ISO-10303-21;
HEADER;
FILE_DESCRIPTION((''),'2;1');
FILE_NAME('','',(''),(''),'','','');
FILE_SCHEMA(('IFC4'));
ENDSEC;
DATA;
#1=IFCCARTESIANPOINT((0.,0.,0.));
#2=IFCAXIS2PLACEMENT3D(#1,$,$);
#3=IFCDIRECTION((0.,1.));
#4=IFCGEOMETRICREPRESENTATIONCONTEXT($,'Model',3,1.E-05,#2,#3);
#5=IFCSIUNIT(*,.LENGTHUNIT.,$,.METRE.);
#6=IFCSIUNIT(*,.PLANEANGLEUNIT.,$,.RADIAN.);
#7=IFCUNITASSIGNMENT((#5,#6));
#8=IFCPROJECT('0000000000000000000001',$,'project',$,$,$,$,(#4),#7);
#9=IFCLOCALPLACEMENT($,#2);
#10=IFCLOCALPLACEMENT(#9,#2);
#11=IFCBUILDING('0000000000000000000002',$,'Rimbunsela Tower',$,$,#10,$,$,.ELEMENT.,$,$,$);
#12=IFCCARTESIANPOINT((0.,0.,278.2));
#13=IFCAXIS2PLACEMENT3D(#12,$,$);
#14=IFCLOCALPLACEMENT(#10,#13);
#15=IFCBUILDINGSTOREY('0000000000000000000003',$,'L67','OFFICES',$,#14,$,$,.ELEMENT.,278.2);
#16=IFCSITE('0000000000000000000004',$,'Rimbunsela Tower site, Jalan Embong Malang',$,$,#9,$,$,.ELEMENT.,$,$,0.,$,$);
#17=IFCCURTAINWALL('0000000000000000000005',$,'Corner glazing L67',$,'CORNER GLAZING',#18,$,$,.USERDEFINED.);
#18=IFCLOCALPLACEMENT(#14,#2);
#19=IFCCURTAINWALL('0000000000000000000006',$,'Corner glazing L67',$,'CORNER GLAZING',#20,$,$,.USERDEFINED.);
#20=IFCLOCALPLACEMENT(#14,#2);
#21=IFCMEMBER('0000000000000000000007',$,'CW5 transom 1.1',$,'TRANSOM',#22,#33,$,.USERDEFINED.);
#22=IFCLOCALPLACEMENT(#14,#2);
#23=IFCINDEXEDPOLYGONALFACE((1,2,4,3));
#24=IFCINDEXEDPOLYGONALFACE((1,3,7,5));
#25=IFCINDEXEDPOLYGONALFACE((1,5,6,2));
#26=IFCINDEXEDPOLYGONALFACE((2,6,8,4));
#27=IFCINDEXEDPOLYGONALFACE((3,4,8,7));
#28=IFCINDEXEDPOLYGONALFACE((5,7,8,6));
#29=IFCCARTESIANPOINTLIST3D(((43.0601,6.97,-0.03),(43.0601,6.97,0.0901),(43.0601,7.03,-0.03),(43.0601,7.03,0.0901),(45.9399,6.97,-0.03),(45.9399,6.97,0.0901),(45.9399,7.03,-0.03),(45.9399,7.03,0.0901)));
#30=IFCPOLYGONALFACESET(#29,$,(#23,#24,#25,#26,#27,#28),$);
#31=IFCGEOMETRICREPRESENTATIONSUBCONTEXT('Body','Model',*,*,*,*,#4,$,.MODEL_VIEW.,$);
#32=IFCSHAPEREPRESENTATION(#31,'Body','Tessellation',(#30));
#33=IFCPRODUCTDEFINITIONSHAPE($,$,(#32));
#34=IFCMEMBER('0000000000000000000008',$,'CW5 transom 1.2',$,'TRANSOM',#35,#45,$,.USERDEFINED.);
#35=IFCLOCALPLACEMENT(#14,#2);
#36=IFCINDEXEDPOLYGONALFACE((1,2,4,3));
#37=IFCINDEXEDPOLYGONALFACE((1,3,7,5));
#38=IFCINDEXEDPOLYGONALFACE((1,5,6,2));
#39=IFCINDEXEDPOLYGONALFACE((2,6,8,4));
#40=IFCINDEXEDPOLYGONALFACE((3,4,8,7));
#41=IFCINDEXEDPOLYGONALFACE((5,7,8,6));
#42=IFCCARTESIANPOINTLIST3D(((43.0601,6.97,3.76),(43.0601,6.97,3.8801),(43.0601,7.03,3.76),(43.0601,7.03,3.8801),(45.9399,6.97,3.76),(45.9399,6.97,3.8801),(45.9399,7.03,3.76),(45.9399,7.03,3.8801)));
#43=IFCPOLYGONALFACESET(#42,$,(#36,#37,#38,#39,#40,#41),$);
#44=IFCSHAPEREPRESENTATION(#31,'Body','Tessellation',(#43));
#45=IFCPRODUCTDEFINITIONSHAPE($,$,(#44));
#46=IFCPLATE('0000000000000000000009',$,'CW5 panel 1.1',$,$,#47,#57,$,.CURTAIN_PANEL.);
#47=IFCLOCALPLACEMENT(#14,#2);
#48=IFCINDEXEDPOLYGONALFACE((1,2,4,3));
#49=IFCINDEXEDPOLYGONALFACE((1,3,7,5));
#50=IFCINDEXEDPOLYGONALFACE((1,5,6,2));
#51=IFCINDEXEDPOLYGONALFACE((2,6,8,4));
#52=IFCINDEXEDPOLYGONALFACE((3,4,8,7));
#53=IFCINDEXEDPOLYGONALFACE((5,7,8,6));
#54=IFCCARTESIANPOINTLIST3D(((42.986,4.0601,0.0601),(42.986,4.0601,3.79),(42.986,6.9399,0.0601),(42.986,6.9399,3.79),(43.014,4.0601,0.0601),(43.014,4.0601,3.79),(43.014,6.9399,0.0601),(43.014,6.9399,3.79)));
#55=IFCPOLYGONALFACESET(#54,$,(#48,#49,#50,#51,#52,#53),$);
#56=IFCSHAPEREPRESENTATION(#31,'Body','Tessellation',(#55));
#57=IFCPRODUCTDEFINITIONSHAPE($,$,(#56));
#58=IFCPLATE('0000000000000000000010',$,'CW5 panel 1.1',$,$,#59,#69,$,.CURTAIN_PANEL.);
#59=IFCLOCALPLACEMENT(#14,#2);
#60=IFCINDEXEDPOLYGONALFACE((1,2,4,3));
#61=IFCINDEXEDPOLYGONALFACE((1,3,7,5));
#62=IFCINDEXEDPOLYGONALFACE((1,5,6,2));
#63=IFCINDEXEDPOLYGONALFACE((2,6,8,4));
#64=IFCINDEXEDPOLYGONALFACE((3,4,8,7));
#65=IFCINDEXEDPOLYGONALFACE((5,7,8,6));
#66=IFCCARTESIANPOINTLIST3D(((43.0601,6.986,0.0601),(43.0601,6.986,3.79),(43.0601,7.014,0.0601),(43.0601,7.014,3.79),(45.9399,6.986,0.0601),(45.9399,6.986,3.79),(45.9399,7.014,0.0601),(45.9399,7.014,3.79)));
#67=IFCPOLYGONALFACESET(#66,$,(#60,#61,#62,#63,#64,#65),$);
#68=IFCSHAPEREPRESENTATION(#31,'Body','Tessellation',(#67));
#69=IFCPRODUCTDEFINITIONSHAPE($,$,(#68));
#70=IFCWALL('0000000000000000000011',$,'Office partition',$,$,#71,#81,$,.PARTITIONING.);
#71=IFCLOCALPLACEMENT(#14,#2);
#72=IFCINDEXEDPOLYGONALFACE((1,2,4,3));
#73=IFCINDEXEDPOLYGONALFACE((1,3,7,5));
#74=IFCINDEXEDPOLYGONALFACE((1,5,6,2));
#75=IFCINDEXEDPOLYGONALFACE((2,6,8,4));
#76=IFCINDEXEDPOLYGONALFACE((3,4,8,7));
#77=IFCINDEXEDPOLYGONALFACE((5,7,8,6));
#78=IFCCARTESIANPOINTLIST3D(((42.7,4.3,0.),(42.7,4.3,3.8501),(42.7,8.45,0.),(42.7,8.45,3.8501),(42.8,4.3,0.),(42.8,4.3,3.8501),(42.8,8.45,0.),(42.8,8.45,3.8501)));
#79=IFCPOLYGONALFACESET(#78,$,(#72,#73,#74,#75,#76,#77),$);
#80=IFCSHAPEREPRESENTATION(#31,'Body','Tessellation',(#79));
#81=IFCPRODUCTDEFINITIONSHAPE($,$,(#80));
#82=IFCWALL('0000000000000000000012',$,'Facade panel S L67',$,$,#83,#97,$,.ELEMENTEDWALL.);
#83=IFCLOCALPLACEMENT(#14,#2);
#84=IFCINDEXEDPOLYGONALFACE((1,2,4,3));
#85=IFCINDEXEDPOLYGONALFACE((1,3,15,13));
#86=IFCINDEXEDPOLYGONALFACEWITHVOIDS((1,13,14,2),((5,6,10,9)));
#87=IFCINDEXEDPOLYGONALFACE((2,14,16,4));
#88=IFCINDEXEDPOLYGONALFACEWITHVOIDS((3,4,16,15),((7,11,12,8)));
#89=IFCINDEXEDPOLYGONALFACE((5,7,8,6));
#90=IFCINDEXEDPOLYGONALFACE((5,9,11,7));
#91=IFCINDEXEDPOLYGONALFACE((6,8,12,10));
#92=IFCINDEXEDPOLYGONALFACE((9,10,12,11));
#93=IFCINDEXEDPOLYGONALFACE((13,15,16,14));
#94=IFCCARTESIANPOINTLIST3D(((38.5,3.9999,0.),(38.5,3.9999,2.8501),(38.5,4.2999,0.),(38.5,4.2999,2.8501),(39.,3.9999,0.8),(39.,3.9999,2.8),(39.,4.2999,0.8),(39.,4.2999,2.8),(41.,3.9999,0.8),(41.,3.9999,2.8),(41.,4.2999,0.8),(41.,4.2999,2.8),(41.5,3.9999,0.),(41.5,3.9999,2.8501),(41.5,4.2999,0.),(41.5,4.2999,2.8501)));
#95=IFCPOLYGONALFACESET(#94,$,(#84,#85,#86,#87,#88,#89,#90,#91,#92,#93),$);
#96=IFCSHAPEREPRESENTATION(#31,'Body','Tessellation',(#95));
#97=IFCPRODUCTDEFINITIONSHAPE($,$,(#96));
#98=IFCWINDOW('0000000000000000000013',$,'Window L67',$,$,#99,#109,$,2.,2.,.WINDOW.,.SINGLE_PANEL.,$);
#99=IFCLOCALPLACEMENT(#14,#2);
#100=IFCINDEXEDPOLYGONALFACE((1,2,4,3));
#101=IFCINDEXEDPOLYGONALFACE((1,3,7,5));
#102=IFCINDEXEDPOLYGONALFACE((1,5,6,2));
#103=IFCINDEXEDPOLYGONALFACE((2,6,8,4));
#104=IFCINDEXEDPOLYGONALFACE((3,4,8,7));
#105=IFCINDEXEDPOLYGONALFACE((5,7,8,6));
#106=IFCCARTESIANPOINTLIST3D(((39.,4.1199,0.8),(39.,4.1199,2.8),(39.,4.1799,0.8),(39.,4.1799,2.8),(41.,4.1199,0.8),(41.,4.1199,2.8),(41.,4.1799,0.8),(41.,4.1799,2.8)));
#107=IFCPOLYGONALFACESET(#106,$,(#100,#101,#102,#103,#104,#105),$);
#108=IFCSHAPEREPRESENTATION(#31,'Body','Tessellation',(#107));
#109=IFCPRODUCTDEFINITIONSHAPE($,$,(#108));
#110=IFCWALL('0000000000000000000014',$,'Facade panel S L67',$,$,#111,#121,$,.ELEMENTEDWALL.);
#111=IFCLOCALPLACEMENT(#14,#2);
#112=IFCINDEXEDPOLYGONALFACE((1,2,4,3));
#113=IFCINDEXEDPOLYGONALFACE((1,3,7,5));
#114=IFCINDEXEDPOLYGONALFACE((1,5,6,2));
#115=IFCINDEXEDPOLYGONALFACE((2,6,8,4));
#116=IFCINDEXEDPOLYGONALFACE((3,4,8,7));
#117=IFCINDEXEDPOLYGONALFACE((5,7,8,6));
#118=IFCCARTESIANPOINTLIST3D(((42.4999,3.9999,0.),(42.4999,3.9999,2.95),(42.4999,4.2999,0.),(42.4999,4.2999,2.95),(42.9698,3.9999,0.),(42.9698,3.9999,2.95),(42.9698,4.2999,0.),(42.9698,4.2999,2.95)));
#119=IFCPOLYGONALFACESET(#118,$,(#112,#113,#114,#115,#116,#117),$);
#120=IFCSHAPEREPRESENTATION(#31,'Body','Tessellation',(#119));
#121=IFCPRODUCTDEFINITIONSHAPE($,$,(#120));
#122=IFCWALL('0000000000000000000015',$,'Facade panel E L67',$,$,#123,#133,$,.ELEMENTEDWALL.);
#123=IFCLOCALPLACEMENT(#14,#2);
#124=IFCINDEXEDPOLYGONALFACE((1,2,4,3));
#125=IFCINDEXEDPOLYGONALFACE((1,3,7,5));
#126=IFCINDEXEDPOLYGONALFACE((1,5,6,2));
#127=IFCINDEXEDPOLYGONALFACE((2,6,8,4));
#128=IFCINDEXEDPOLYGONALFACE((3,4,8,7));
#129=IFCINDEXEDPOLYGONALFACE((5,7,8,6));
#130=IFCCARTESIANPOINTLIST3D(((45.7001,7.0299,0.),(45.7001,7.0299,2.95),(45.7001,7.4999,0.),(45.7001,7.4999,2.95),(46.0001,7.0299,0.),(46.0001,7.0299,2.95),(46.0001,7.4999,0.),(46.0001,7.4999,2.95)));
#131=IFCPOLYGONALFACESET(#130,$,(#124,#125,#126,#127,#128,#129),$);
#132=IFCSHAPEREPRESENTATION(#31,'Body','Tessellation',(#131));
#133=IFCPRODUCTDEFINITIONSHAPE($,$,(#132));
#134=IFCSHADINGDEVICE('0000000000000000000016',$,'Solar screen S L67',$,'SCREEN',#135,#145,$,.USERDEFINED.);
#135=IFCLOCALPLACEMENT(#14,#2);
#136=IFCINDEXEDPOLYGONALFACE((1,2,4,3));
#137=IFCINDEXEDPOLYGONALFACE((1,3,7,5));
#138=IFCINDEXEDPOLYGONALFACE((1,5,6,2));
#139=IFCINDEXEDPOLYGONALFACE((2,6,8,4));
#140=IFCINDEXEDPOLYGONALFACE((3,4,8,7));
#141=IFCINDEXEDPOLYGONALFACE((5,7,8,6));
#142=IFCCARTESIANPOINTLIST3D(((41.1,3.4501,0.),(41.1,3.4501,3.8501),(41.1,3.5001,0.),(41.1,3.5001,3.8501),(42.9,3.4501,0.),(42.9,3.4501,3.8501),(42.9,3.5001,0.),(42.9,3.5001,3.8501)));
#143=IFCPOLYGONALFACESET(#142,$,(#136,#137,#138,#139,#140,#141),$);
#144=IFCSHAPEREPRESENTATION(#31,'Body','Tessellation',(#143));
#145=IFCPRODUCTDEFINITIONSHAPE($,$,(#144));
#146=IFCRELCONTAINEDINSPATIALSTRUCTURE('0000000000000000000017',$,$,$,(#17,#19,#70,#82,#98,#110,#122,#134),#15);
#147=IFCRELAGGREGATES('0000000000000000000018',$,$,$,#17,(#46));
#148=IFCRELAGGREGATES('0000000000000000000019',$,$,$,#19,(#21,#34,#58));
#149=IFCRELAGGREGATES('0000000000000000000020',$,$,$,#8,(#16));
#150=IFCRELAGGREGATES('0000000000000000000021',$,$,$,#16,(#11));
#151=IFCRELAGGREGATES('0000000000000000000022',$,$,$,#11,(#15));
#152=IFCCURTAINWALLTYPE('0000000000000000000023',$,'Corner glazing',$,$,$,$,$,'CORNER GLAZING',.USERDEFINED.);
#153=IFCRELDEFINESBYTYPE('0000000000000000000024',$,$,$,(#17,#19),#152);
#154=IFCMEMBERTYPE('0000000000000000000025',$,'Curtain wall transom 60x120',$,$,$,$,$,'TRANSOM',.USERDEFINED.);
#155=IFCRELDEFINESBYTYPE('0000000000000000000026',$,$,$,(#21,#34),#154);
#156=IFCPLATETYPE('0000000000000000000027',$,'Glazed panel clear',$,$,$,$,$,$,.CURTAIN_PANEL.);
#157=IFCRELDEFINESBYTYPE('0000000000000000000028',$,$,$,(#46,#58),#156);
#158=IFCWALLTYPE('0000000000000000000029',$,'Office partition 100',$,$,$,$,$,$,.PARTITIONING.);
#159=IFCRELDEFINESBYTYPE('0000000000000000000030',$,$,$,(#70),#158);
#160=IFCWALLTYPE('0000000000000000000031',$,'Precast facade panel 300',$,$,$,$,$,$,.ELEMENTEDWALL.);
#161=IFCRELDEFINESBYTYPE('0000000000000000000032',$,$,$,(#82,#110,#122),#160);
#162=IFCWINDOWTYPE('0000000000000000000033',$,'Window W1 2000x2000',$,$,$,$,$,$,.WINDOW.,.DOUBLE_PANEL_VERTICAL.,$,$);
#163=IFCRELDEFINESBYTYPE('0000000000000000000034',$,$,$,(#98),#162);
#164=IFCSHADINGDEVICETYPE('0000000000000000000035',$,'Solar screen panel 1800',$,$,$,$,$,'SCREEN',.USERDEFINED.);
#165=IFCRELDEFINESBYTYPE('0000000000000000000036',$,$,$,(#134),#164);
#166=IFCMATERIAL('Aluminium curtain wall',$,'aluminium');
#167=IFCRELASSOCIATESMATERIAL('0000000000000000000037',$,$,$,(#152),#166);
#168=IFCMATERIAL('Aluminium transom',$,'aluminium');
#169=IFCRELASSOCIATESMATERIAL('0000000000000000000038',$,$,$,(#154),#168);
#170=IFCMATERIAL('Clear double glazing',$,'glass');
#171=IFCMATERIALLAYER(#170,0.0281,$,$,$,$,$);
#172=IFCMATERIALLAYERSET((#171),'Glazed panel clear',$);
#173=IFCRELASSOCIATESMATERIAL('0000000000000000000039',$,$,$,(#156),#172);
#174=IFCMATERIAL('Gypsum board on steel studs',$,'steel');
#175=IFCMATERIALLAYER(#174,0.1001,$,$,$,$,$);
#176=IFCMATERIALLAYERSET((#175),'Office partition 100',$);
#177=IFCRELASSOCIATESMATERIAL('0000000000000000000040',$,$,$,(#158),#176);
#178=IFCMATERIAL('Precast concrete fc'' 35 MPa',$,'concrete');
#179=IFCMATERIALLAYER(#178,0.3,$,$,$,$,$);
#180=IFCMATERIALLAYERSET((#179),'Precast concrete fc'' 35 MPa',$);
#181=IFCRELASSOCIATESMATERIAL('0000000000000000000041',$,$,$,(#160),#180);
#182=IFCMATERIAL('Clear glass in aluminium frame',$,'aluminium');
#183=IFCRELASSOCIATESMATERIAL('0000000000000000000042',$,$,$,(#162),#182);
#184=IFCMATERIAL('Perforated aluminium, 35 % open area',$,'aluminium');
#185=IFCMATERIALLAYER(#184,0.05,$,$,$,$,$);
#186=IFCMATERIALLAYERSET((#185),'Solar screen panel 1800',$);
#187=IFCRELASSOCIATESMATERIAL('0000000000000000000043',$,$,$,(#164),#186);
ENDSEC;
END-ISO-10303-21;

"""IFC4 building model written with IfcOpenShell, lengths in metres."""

from ifc_helpers import new_model, si_unit, direction, frame, frame_2d, origin, origin_2d, place, context, subcontext, project, spatial, rectangle, extrude, material, layer, layer_set, material_profile, profile_set, type_object, element, fill, aggregate, save


model = new_model("IFC4")

# Units and contexts
model_context = context("Model", 3, precision=1e-05, world=origin(), true_north=direction((0.0, 1.0)))
body_context = subcontext(model_context, "Body", "Model", "MODEL_VIEW")
ifc_project = project(units=[si_unit("LENGTHUNIT", "METRE"), si_unit("PLANEANGLEUNIT", "RADIAN")], contexts=[model_context])

# Site, building, storey
site_placement = place(None, origin())
site = spatial("IfcSite", under=ifc_project, at=site_placement, Name="Rimbunsela Tower site, Jalan Embong Malang", CompositionType="ELEMENT", RefElevation=0.0)
building_placement = place(site_placement, origin())
building = spatial("IfcBuilding", under=site, at=building_placement, Name="Rimbunsela Tower", CompositionType="ELEMENT")
storey_placement = place(building_placement, frame((0.0, 0.0, 278.2)))
storey = spatial("IfcBuildingStorey", under=building, at=storey_placement, Name="L67", Description="OFFICES", CompositionType="ELEMENT", Elevation=278.2)

# Curtain walls
ifc_material_1 = material(Name="Aluminium curtain wall", Category="aluminium")
curtain_wall_type = type_object("IfcCurtainWallType", Name="Corner glazing", ElementType="CORNER GLAZING", PredefinedType="USERDEFINED", material=ifc_material_1)
curtain_wall_1_placement = place(storey_placement, origin())
curtain_wall_1 = element("IfcCurtainWall", 1, at=curtain_wall_1_placement, inside=storey, type_object=curtain_wall_type, Name="Corner glazing L67", ObjectType="CORNER GLAZING", PredefinedType="USERDEFINED")
curtain_wall_2_placement = place(storey_placement, origin())
curtain_wall_2 = element("IfcCurtainWall", 2, at=curtain_wall_2_placement, inside=storey, type_object=curtain_wall_type, Name="Corner glazing L67", ObjectType="CORNER GLAZING", PredefinedType="USERDEFINED")

# Members
ifc_material_2 = material(Name="Aluminium transom", Category="aluminium")
ifc_material_profile_1 = material_profile(ifc_material_2, rectangle(XDim=0.0601, YDim=0.1201, at=origin_2d()), Name="Transom 60x120")
ifc_profile_set_1 = profile_set([ifc_material_profile_1], Name="Aluminium transom")
member_type_1 = type_object("IfcMemberType", Name="Curtain wall transom 60x120", ElementType="TRANSOM", PredefinedType="USERDEFINED", material=ifc_profile_set_1)
member_1_placement = place(storey_placement, frame((43.0601, 7.0, 0.03), z_axis=(1.0, 0.0, 0.0), x_axis=(0.0, 1.0, 0.0)))
member_1 = element("IfcMember", 3, at=member_1_placement, type_object=member_type_1, Name="CW5 transom 1.1", ObjectType="TRANSOM", PredefinedType="USERDEFINED", context=body_context, shape_type="SweptSolid", body=[
    extrude(rectangle(XDim=0.0601, YDim=0.1201, at=origin_2d()), origin(), (0.0, 0.0, 1.0), 2.8799),
])
member_2_placement = place(storey_placement, frame((43.0601, 7.0, 3.8201), z_axis=(1.0, 0.0, 0.0), x_axis=(0.0, 1.0, 0.0)))
member_2 = element("IfcMember", 4, at=member_2_placement, type_object=member_type_1, Name="CW5 transom 1.2", ObjectType="TRANSOM", PredefinedType="USERDEFINED", context=body_context, shape_type="SweptSolid", body=[
    extrude(rectangle(XDim=0.0601, YDim=0.1201, at=origin_2d()), origin(), (0.0, 0.0, 1.0), 2.8799),
])

# Plates
ifc_material_3 = material(Name="Clear double glazing", Category="glass")
ifc_layer_1 = layer(ifc_material_3, 0.0281)
ifc_layer_set_1 = layer_set([ifc_layer_1], Name="Glazed panel clear")
plate_type = type_object("IfcPlateType", Name="Glazed panel clear", PredefinedType="CURTAIN_PANEL", material=ifc_layer_set_1)
plate_1_placement = place(storey_placement, frame((43.0, 5.5, 0.0601), z_axis=(0.0, 0.0, 1.0), x_axis=(0.0, 1.0, 0.0)))
plate_1 = element("IfcPlate", 5, at=plate_1_placement, type_object=plate_type, Name="CW5 panel 1.1", PredefinedType="CURTAIN_PANEL", context=body_context, shape_type="SweptSolid", body=[
    extrude(rectangle(XDim=2.8799, YDim=0.0281, at=origin_2d()), origin(), (0.0, 0.0, 1.0), 3.73),
])
aggregate(curtain_wall_1, [plate_1])
plate_2_placement = place(storey_placement, frame((44.5, 7.0, 0.0601), z_axis=(0.0, 0.0, 1.0), x_axis=(1.0, 0.0, 0.0)))
plate_2 = element("IfcPlate", 6, at=plate_2_placement, type_object=plate_type, Name="CW5 panel 1.1", PredefinedType="CURTAIN_PANEL", context=body_context, shape_type="SweptSolid", body=[
    extrude(rectangle(XDim=2.8799, YDim=0.0281, at=origin_2d()), origin(), (0.0, 0.0, 1.0), 3.73),
])
aggregate(curtain_wall_2, [member_1, member_2, plate_2])

# Wall
ifc_material_4 = material(Name="Gypsum board on steel studs", Category="steel")
ifc_layer_2 = layer(ifc_material_4, 0.1001)
ifc_layer_set_2 = layer_set([ifc_layer_2], Name="Office partition 100")
wall_type_1 = type_object("IfcWallType", Name="Office partition 100", PredefinedType="PARTITIONING", material=ifc_layer_set_2)
wall_1_placement = place(storey_placement, frame((42.75, 4.3, 0.0), z_axis=(0.0, 0.0, 1.0), x_axis=(0.0, 1.0, 0.0)))
element("IfcWall", 7, at=wall_1_placement, inside=storey, type_object=wall_type_1, Name="Office partition", PredefinedType="PARTITIONING", context=body_context, shape_type="SweptSolid", body=[
    extrude(rectangle(XDim=4.1499, YDim=0.1001, at=frame_2d((2.075, 0.0))), origin(), (0.0, 0.0, 1.0), 3.8501),
])

# Wall, opening, window
ifc_material_5 = material(Name="Precast concrete fc' 35 MPa", Category="concrete")
ifc_layer_3 = layer(ifc_material_5, 0.3)
ifc_layer_set_3 = layer_set([ifc_layer_3], Name="Precast concrete fc' 35 MPa")
wall_type_2 = type_object("IfcWallType", Name="Precast facade panel 300", PredefinedType="ELEMENTEDWALL", material=ifc_layer_set_3)
wall_2_placement = place(storey_placement, frame((38.5, 4.1499, 0.0), z_axis=(0.0, 0.0, 1.0), x_axis=(1.0, 0.0, 0.0)))
wall_2 = element("IfcWall", 8, at=wall_2_placement, inside=storey, type_object=wall_type_2, Name="Facade panel S L67", PredefinedType="ELEMENTEDWALL", context=body_context, shape_type="SweptSolid", body=[
    extrude(rectangle(XDim=3.0, YDim=0.3, at=frame_2d((1.5, 0.0))), origin(), (0.0, 0.0, 1.0), 2.8501),
])
opening_placement = place(wall_2_placement, frame((0.5, 0.0, 0.8)))
opening = element("IfcOpeningElement", 9, at=opening_placement, cuts=wall_2, PredefinedType="OPENING", context=body_context, shape_type="SweptSolid", body=[
    extrude(rectangle(XDim=2.0, YDim=2.0, at=frame_2d((1.0, 1.0))), frame((0.0, 0.1599, 0.0), z_axis=(0.0, -1.0, 0.0), x_axis=(1.0, 0.0, 0.0)), (0.0, 0.0, 1.0), 0.3201),
])
ifc_material_6 = material(Name="Clear glass in aluminium frame", Category="aluminium")
window_type = type_object("IfcWindowType", Name="Window W1 2000x2000", PartitioningType="DOUBLE_PANEL_VERTICAL", PredefinedType="WINDOW", material=ifc_material_6)
window_placement = place(opening_placement, origin())
window = element("IfcWindow", 10, at=window_placement, inside=storey, type_object=window_type, Name="Window L67", OverallHeight=2.0, OverallWidth=2.0, PartitioningType="SINGLE_PANEL", PredefinedType="WINDOW", context=body_context, shape_type="SweptSolid", body=[
    extrude(rectangle(XDim=2.0, YDim=2.0, at=frame_2d((1.0, 1.0))), frame((0.0, 0.03, 0.0), z_axis=(0.0, -1.0, 0.0), x_axis=(1.0, 0.0, 0.0)), (0.0, 0.0, 1.0), 0.0601),
])
fill(opening, window)

# Walls
for number, where, z_axis, x_axis, name in (
    (11, (42.5, 4.1499, 0.0), (0.0, 0.0, 1.0), (1.0, 0.0, 0.0), "Facade panel S L67"),
    (12, (45.8501, 7.03, 0.0), (0.0, 0.0, 1.0), (0.0, 1.0, 0.0), "Facade panel E L67"),
):
    element("IfcWall", number, at=place(storey_placement, frame(where, z_axis=z_axis, x_axis=x_axis)), inside=storey, type_object=wall_type_2, Name=name, PredefinedType="ELEMENTEDWALL", context=body_context, shape_type="SweptSolid", body=[
        extrude(rectangle(XDim=0.47, YDim=0.3, at=frame_2d((0.2349, 0.0))), origin(), (0.0, 0.0, 1.0), 2.95),
    ])

# Shading device
ifc_material_7 = material(Name="Perforated aluminium, 35 % open area", Category="aluminium")
ifc_layer_4 = layer(ifc_material_7, 0.05)
ifc_layer_set_4 = layer_set([ifc_layer_4], Name="Solar screen panel 1800")
shading_device_type = type_object("IfcShadingDeviceType", Name="Solar screen panel 1800", ElementType="SCREEN", PredefinedType="USERDEFINED", material=ifc_layer_set_4)
shading_device_placement = place(storey_placement, frame((42.0, 3.4751, 0.0), z_axis=(0.0, 0.0, 1.0), x_axis=(1.0, 0.0, 0.0)))
element("IfcShadingDevice", 13, at=shading_device_placement, inside=storey, type_object=shading_device_type, Name="Solar screen S L67", ObjectType="SCREEN", PredefinedType="USERDEFINED", context=body_context, shape_type="SweptSolid", body=[
    extrude(rectangle(XDim=1.8, YDim=0.05, at=origin_2d()), origin(), (0.0, 0.0, 1.0), 3.8501),
])

save(model, "model.ifc")
